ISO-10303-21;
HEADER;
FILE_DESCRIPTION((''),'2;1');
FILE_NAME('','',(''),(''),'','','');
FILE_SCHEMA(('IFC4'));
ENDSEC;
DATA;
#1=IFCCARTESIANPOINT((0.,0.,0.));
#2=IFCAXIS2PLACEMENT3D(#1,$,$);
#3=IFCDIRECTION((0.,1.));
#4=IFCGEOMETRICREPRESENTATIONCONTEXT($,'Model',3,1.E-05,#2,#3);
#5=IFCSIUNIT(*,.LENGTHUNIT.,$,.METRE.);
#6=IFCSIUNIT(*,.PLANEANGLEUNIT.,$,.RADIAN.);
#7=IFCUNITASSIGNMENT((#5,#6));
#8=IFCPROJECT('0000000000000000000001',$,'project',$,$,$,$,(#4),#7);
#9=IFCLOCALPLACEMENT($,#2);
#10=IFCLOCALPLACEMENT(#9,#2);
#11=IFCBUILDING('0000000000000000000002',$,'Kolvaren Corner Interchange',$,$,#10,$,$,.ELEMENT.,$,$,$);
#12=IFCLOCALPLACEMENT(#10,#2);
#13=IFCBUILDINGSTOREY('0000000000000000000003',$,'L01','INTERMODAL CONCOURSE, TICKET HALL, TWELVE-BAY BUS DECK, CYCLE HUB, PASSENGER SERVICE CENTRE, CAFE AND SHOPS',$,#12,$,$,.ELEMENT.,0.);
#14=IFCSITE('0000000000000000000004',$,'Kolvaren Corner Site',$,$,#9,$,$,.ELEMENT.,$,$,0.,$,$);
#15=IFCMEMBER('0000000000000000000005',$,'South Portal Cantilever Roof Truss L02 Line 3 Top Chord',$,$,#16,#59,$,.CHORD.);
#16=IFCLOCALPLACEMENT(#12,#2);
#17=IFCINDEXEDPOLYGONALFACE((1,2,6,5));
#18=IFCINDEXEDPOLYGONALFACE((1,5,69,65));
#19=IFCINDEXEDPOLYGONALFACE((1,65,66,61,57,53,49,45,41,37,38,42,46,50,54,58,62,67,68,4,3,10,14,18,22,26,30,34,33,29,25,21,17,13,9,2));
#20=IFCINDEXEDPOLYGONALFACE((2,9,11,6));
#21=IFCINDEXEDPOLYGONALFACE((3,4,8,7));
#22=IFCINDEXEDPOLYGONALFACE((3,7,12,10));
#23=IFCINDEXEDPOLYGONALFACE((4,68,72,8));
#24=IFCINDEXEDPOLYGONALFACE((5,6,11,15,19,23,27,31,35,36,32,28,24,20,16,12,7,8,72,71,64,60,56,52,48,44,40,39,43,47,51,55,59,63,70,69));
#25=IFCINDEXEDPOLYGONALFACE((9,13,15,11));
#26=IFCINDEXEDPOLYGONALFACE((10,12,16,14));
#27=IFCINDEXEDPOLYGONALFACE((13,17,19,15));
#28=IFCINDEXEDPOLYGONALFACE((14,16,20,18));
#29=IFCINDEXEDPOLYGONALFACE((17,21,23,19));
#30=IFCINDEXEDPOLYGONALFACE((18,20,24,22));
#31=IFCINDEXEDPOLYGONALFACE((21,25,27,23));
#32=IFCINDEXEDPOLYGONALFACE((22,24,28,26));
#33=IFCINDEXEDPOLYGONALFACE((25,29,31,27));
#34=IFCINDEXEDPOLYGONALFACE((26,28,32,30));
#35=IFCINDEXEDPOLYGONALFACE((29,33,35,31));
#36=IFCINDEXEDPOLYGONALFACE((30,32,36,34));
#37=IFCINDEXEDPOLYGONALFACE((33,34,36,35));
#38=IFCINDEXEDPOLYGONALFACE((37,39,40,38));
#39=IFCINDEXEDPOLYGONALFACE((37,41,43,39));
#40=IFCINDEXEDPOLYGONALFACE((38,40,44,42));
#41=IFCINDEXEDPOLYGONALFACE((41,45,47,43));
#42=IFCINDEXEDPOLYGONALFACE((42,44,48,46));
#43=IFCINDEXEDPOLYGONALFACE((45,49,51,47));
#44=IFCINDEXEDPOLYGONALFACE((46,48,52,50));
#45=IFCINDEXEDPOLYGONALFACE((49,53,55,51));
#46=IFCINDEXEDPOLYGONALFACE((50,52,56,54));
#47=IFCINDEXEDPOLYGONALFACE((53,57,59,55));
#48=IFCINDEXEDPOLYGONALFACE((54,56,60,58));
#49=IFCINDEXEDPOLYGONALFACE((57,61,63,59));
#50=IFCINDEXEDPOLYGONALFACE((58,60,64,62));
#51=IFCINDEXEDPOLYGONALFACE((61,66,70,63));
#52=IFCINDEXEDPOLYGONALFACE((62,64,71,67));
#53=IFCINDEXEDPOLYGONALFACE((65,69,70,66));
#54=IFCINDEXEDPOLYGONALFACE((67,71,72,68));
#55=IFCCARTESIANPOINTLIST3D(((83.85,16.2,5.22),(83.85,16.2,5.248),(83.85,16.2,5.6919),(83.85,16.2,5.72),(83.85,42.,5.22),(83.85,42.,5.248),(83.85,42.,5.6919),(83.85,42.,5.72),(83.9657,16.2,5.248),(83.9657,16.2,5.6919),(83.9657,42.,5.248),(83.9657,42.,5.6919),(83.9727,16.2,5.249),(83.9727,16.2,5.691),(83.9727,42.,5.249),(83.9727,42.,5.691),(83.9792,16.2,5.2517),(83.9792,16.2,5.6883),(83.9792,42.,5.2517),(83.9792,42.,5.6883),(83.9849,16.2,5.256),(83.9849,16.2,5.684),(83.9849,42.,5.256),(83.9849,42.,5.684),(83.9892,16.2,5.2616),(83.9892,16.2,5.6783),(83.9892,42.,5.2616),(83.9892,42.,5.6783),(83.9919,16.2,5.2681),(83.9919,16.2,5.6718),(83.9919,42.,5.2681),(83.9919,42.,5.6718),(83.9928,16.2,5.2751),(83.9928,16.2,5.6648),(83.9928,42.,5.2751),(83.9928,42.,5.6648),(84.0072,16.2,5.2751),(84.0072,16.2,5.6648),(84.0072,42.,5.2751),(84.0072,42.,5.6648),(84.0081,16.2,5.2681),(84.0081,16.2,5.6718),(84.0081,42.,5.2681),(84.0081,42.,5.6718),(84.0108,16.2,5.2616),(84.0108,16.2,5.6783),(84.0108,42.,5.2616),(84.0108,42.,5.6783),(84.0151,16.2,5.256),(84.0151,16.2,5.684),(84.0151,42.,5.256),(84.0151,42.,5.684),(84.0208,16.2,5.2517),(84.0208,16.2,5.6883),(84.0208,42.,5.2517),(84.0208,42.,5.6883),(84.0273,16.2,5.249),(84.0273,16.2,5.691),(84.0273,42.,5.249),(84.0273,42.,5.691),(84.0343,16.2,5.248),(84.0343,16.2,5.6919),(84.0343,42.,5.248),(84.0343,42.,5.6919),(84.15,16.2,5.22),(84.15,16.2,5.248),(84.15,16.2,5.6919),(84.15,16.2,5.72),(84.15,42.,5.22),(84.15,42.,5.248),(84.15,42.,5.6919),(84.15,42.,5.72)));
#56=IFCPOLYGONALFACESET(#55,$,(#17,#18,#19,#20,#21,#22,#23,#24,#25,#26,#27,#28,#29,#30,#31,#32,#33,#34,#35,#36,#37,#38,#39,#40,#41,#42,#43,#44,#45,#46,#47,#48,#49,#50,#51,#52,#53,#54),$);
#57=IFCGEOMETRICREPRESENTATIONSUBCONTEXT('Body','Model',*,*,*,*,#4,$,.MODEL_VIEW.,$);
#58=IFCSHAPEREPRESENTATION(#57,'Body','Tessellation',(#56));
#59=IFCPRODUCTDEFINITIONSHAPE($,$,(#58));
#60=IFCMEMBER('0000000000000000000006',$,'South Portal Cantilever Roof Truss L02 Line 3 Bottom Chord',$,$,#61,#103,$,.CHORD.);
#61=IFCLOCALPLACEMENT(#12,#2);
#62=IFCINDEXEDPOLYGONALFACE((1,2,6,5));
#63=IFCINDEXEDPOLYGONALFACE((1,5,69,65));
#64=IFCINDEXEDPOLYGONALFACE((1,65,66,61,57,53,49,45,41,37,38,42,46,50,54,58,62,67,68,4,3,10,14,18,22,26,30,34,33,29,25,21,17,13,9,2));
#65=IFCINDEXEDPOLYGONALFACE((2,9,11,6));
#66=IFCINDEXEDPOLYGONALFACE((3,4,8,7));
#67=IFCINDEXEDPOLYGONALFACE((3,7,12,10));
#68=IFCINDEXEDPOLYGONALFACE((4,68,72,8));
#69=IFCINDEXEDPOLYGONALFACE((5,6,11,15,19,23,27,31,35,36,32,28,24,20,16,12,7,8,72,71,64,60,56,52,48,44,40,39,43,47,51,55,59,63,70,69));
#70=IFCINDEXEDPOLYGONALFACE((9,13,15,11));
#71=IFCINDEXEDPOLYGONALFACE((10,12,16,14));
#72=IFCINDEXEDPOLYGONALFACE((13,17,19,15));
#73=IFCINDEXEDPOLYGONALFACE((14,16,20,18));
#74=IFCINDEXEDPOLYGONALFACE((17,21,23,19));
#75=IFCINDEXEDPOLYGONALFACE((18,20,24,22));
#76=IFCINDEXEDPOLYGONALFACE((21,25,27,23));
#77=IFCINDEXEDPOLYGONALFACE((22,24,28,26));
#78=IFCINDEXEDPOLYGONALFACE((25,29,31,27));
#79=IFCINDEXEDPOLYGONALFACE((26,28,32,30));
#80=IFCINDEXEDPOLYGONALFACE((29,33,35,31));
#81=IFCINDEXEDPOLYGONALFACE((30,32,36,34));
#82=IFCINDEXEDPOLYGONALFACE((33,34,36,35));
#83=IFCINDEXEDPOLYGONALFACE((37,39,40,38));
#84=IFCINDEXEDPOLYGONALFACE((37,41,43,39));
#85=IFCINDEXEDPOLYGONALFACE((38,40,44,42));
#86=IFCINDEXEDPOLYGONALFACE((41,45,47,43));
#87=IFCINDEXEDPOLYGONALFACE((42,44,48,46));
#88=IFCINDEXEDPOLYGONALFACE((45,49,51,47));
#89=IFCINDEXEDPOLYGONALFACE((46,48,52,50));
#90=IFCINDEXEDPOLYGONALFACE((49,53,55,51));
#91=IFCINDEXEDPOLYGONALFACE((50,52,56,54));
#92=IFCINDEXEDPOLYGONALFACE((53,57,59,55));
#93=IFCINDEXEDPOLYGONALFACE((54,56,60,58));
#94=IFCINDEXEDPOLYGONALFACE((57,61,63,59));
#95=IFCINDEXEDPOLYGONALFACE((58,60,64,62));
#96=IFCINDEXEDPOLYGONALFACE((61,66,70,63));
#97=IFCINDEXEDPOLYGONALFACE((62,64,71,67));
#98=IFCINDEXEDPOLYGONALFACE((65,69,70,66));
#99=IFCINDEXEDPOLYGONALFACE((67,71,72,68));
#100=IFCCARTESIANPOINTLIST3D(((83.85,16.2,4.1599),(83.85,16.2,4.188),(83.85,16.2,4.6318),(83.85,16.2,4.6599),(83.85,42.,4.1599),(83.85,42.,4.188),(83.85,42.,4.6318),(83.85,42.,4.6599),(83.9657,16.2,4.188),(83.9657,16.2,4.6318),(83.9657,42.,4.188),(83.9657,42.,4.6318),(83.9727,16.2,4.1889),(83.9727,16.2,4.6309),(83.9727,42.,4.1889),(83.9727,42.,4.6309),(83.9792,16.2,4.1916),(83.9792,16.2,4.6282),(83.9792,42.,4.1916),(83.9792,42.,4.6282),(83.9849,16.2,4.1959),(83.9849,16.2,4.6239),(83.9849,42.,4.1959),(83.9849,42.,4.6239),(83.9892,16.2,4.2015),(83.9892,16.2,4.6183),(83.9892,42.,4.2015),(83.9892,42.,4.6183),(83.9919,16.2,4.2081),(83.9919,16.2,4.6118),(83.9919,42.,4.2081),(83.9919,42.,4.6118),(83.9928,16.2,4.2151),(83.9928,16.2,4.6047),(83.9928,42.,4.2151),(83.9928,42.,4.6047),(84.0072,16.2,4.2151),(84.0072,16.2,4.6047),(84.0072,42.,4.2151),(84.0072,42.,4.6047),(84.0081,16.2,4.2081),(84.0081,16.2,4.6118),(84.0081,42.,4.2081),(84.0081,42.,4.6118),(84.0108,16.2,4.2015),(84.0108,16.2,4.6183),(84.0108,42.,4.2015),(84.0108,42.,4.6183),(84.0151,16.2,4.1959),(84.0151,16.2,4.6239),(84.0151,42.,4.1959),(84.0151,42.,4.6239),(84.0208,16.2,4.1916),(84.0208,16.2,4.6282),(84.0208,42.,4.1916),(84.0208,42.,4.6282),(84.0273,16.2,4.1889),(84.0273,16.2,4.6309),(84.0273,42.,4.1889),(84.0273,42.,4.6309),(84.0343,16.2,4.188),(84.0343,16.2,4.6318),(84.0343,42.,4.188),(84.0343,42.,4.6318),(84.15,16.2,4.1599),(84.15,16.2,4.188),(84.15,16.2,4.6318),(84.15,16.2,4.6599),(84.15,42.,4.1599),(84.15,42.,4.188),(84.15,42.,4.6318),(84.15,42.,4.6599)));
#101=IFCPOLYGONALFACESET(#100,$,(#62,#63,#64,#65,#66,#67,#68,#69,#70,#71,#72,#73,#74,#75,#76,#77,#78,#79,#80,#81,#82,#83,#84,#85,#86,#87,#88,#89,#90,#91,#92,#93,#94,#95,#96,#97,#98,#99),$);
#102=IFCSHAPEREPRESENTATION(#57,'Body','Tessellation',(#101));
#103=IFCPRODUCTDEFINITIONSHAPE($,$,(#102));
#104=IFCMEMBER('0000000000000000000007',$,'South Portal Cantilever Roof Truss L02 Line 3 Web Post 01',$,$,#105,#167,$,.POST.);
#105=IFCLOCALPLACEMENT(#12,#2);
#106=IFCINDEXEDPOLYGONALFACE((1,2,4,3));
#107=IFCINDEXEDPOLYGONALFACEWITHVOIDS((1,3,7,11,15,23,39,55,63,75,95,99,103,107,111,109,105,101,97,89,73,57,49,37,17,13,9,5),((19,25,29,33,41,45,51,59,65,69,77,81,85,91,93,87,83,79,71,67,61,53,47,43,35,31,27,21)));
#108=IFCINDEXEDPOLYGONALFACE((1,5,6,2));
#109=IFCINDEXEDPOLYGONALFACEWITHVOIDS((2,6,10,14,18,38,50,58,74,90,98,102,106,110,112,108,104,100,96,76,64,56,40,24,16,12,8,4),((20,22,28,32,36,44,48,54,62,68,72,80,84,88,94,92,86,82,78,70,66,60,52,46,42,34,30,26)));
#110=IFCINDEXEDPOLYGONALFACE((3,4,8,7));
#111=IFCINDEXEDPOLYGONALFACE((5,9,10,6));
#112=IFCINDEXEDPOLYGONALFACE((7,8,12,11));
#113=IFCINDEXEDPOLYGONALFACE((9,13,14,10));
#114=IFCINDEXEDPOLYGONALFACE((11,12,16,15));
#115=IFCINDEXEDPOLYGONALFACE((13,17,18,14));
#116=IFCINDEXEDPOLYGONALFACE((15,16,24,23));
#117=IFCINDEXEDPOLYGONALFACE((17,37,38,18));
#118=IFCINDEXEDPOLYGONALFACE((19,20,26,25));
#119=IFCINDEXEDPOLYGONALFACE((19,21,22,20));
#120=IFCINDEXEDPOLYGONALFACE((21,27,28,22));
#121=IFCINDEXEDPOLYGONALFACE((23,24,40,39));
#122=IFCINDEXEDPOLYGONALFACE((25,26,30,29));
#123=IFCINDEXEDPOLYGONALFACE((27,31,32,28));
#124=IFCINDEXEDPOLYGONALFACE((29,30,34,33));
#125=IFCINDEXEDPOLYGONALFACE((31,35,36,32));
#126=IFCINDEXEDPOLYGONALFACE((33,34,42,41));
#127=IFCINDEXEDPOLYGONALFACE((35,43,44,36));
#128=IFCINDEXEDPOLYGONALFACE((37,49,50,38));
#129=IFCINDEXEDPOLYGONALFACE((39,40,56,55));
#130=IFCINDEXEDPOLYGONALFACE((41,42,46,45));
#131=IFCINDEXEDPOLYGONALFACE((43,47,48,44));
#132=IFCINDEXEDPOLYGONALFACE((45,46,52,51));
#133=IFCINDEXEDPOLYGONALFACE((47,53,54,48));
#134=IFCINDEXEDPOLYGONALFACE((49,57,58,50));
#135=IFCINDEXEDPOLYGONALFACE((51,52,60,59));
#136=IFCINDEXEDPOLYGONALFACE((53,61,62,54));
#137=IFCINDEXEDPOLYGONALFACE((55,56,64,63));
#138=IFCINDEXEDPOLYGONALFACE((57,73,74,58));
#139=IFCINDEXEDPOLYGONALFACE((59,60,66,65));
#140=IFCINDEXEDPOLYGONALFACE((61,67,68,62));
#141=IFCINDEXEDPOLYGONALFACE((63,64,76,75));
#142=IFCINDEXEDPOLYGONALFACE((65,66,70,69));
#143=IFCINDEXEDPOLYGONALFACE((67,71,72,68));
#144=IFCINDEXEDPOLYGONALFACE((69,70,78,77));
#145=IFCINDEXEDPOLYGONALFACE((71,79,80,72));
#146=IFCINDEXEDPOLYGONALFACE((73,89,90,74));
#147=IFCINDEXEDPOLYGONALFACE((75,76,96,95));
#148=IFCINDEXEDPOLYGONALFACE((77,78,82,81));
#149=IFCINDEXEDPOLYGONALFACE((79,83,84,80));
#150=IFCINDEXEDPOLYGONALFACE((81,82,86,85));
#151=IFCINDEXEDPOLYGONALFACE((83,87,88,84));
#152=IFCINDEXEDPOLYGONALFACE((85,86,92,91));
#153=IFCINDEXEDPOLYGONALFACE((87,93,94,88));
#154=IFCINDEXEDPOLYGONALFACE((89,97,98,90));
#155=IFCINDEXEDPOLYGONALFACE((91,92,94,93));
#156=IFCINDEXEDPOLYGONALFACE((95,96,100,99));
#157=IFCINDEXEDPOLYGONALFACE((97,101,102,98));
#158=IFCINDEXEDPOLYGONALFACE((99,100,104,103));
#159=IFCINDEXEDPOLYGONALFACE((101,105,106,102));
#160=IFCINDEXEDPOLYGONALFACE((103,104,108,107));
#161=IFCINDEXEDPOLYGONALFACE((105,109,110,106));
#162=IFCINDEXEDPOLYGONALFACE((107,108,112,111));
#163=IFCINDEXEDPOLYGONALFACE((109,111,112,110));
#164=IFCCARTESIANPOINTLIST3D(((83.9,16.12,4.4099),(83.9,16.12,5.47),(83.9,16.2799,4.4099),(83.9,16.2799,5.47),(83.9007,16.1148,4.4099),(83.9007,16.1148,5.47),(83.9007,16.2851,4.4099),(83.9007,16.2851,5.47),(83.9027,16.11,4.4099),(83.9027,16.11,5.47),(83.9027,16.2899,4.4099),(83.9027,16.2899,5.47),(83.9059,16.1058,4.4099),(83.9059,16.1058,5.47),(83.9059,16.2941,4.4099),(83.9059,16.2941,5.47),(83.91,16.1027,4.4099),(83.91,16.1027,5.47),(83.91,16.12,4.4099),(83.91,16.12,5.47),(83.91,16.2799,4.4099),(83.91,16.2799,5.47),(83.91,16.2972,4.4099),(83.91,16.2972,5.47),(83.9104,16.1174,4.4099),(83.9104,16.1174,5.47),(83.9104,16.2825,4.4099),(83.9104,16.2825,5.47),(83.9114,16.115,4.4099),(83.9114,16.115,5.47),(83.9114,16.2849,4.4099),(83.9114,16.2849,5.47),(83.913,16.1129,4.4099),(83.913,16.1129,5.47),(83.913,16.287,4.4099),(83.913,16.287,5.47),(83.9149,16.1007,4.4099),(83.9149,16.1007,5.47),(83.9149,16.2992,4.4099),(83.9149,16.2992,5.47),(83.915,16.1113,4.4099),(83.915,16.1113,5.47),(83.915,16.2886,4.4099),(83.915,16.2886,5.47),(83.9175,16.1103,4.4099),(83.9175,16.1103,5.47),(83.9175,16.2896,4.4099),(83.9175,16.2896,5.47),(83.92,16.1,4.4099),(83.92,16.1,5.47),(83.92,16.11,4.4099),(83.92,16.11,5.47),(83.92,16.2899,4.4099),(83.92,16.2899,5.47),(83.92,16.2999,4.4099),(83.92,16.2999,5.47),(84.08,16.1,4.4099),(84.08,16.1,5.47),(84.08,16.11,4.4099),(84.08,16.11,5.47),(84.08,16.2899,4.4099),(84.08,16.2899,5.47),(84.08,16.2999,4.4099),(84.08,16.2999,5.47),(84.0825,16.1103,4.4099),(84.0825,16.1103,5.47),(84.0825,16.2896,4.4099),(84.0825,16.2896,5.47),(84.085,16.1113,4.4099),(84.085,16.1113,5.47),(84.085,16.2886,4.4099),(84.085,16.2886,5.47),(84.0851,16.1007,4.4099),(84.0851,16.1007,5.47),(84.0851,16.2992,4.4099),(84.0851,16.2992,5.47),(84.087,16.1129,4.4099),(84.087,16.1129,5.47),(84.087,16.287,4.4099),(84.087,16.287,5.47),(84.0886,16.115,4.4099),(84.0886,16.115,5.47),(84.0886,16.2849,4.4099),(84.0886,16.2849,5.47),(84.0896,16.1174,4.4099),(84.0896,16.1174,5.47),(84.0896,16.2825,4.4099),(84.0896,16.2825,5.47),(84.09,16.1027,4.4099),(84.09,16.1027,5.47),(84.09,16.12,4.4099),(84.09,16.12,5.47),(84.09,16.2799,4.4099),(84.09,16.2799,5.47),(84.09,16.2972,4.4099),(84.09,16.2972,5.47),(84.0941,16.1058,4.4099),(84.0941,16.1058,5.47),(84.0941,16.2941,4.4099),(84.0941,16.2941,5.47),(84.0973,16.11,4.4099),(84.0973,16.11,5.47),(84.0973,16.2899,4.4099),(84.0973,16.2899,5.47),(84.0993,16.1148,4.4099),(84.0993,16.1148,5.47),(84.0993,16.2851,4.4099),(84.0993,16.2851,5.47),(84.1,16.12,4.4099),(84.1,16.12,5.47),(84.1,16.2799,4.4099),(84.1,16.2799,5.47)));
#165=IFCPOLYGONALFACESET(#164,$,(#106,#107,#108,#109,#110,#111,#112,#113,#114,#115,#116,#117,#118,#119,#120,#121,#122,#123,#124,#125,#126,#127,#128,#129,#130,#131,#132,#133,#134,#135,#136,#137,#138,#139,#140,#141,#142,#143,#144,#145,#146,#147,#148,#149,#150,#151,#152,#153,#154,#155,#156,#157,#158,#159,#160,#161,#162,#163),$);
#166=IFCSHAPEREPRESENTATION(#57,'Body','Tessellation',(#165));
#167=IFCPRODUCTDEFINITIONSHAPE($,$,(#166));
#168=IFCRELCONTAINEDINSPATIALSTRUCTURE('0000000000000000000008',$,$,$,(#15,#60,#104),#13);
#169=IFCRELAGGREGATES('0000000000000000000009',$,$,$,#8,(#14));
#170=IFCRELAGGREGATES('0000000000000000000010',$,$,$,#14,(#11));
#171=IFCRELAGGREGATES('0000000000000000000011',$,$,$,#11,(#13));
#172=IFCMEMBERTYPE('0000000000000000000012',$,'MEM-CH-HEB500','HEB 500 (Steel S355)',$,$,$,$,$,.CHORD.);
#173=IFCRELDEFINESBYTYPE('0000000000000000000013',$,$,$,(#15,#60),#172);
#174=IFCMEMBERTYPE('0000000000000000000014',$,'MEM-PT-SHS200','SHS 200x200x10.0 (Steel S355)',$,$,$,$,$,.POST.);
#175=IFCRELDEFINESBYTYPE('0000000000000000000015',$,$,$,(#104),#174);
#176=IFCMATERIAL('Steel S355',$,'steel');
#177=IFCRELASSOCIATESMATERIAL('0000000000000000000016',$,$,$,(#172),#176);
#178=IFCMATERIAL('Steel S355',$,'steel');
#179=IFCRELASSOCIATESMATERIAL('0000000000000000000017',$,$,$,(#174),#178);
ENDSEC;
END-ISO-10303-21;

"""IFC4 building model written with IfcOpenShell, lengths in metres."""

from ifc_helpers import new_model, si_unit, direction, frame, origin, origin_2d, place, context, subcontext, project, spatial, hollow_rectangle, i_section, extrude, material, material_profile, profile_set, type_object, element, save


model = new_model("IFC4")

# Units and contexts
model_context = context("Model", 3, precision=1e-05, world=origin(), true_north=direction((0.0, 1.0)))
body_context = subcontext(model_context, "Body", "Model", "MODEL_VIEW")
ifc_project = project(units=[si_unit("LENGTHUNIT", "METRE"), si_unit("PLANEANGLEUNIT", "RADIAN")], contexts=[model_context])

# Site, building, storey
site_placement = place(None, origin())
site = spatial("IfcSite", under=ifc_project, at=site_placement, Name="Kolvaren Corner Site", CompositionType="ELEMENT", RefElevation=0.0)
building_placement = place(site_placement, origin())
building = spatial("IfcBuilding", under=site, at=building_placement, Name="Kolvaren Corner Interchange", CompositionType="ELEMENT")
storey_placement = place(building_placement, origin())
storey = spatial("IfcBuildingStorey", under=building, at=storey_placement, Name="L01", Description="INTERMODAL CONCOURSE, TICKET HALL, TWELVE-BAY BUS DECK, CYCLE HUB, PASSENGER SERVICE CENTRE, CAFE AND SHOPS", CompositionType="ELEMENT", Elevation=0.0)

# Members
ifc_material_1 = material(Name="Steel S355", Category="steel")
ifc_material_profile_1 = material_profile(ifc_material_1, i_section(OverallWidth=0.3, OverallDepth=0.5, WebThickness=0.0144, FlangeThickness=0.0281, FilletRadius=0.0271, at=origin_2d()), Name="HEB 500")
ifc_profile_set_1 = profile_set([ifc_material_profile_1], Name="Steel S355")
member_type_1 = type_object("IfcMemberType", Name="MEM-CH-HEB500", Description="HEB 500 (Steel S355)", PredefinedType="CHORD", material=ifc_profile_set_1)
for number, where, z_axis, x_axis, name in (
    (1, (84.0, 16.2, 5.47), (0.0, 1.0, 0.0), (-1.0, 0.0, 0.0), "South Portal Cantilever Roof Truss L02 Line 3 Top Chord"),
    (2, (84.0, 16.2, 4.4099), (0.0, 1.0, 0.0), (-1.0, 0.0, 0.0), "South Portal Cantilever Roof Truss L02 Line 3 Bottom Chord"),
):
    element("IfcMember", number, at=place(storey_placement, frame(where, z_axis=z_axis, x_axis=x_axis)), inside=storey, type_object=member_type_1, Name=name, PredefinedType="CHORD", context=body_context, shape_type="SweptSolid", body=[
        extrude(i_section(OverallWidth=0.3, OverallDepth=0.5, WebThickness=0.0144, FlangeThickness=0.0281, FilletRadius=0.0271, at=origin_2d()), origin(), (0.0, 0.0, 1.0), 25.8),
    ])
ifc_material_2 = material(Name="Steel S355", Category="steel")
ifc_material_profile_2 = material_profile(ifc_material_2, hollow_rectangle(XDim=0.2, YDim=0.2, WallThickness=0.01, InnerFilletRadius=0.01, OuterFilletRadius=0.02, at=origin_2d()), Name="SHS 200x200x10.0")
ifc_profile_set_2 = profile_set([ifc_material_profile_2], Name="Steel S355")
member_type_2 = type_object("IfcMemberType", Name="MEM-PT-SHS200", Description="SHS 200x200x10.0 (Steel S355)", PredefinedType="POST", material=ifc_profile_set_2)
for number, where, z_axis, x_axis, name in (
    (3, (84.0, 16.2, 4.4099), (0.0, 0.0, 1.0), (1.0, 0.0, 0.0), "South Portal Cantilever Roof Truss L02 Line 3 Web Post 01"),
):
    element("IfcMember", number, at=place(storey_placement, frame(where, z_axis=z_axis, x_axis=x_axis)), inside=storey, type_object=member_type_2, Name=name, PredefinedType="POST", context=body_context, shape_type="SweptSolid", body=[
        extrude(hollow_rectangle(XDim=0.2, YDim=0.2, WallThickness=0.01, InnerFilletRadius=0.01, OuterFilletRadius=0.02, at=origin_2d()), origin(), (0.0, 0.0, 1.0), 1.0601),
    ])

save(model, "model.ifc")
